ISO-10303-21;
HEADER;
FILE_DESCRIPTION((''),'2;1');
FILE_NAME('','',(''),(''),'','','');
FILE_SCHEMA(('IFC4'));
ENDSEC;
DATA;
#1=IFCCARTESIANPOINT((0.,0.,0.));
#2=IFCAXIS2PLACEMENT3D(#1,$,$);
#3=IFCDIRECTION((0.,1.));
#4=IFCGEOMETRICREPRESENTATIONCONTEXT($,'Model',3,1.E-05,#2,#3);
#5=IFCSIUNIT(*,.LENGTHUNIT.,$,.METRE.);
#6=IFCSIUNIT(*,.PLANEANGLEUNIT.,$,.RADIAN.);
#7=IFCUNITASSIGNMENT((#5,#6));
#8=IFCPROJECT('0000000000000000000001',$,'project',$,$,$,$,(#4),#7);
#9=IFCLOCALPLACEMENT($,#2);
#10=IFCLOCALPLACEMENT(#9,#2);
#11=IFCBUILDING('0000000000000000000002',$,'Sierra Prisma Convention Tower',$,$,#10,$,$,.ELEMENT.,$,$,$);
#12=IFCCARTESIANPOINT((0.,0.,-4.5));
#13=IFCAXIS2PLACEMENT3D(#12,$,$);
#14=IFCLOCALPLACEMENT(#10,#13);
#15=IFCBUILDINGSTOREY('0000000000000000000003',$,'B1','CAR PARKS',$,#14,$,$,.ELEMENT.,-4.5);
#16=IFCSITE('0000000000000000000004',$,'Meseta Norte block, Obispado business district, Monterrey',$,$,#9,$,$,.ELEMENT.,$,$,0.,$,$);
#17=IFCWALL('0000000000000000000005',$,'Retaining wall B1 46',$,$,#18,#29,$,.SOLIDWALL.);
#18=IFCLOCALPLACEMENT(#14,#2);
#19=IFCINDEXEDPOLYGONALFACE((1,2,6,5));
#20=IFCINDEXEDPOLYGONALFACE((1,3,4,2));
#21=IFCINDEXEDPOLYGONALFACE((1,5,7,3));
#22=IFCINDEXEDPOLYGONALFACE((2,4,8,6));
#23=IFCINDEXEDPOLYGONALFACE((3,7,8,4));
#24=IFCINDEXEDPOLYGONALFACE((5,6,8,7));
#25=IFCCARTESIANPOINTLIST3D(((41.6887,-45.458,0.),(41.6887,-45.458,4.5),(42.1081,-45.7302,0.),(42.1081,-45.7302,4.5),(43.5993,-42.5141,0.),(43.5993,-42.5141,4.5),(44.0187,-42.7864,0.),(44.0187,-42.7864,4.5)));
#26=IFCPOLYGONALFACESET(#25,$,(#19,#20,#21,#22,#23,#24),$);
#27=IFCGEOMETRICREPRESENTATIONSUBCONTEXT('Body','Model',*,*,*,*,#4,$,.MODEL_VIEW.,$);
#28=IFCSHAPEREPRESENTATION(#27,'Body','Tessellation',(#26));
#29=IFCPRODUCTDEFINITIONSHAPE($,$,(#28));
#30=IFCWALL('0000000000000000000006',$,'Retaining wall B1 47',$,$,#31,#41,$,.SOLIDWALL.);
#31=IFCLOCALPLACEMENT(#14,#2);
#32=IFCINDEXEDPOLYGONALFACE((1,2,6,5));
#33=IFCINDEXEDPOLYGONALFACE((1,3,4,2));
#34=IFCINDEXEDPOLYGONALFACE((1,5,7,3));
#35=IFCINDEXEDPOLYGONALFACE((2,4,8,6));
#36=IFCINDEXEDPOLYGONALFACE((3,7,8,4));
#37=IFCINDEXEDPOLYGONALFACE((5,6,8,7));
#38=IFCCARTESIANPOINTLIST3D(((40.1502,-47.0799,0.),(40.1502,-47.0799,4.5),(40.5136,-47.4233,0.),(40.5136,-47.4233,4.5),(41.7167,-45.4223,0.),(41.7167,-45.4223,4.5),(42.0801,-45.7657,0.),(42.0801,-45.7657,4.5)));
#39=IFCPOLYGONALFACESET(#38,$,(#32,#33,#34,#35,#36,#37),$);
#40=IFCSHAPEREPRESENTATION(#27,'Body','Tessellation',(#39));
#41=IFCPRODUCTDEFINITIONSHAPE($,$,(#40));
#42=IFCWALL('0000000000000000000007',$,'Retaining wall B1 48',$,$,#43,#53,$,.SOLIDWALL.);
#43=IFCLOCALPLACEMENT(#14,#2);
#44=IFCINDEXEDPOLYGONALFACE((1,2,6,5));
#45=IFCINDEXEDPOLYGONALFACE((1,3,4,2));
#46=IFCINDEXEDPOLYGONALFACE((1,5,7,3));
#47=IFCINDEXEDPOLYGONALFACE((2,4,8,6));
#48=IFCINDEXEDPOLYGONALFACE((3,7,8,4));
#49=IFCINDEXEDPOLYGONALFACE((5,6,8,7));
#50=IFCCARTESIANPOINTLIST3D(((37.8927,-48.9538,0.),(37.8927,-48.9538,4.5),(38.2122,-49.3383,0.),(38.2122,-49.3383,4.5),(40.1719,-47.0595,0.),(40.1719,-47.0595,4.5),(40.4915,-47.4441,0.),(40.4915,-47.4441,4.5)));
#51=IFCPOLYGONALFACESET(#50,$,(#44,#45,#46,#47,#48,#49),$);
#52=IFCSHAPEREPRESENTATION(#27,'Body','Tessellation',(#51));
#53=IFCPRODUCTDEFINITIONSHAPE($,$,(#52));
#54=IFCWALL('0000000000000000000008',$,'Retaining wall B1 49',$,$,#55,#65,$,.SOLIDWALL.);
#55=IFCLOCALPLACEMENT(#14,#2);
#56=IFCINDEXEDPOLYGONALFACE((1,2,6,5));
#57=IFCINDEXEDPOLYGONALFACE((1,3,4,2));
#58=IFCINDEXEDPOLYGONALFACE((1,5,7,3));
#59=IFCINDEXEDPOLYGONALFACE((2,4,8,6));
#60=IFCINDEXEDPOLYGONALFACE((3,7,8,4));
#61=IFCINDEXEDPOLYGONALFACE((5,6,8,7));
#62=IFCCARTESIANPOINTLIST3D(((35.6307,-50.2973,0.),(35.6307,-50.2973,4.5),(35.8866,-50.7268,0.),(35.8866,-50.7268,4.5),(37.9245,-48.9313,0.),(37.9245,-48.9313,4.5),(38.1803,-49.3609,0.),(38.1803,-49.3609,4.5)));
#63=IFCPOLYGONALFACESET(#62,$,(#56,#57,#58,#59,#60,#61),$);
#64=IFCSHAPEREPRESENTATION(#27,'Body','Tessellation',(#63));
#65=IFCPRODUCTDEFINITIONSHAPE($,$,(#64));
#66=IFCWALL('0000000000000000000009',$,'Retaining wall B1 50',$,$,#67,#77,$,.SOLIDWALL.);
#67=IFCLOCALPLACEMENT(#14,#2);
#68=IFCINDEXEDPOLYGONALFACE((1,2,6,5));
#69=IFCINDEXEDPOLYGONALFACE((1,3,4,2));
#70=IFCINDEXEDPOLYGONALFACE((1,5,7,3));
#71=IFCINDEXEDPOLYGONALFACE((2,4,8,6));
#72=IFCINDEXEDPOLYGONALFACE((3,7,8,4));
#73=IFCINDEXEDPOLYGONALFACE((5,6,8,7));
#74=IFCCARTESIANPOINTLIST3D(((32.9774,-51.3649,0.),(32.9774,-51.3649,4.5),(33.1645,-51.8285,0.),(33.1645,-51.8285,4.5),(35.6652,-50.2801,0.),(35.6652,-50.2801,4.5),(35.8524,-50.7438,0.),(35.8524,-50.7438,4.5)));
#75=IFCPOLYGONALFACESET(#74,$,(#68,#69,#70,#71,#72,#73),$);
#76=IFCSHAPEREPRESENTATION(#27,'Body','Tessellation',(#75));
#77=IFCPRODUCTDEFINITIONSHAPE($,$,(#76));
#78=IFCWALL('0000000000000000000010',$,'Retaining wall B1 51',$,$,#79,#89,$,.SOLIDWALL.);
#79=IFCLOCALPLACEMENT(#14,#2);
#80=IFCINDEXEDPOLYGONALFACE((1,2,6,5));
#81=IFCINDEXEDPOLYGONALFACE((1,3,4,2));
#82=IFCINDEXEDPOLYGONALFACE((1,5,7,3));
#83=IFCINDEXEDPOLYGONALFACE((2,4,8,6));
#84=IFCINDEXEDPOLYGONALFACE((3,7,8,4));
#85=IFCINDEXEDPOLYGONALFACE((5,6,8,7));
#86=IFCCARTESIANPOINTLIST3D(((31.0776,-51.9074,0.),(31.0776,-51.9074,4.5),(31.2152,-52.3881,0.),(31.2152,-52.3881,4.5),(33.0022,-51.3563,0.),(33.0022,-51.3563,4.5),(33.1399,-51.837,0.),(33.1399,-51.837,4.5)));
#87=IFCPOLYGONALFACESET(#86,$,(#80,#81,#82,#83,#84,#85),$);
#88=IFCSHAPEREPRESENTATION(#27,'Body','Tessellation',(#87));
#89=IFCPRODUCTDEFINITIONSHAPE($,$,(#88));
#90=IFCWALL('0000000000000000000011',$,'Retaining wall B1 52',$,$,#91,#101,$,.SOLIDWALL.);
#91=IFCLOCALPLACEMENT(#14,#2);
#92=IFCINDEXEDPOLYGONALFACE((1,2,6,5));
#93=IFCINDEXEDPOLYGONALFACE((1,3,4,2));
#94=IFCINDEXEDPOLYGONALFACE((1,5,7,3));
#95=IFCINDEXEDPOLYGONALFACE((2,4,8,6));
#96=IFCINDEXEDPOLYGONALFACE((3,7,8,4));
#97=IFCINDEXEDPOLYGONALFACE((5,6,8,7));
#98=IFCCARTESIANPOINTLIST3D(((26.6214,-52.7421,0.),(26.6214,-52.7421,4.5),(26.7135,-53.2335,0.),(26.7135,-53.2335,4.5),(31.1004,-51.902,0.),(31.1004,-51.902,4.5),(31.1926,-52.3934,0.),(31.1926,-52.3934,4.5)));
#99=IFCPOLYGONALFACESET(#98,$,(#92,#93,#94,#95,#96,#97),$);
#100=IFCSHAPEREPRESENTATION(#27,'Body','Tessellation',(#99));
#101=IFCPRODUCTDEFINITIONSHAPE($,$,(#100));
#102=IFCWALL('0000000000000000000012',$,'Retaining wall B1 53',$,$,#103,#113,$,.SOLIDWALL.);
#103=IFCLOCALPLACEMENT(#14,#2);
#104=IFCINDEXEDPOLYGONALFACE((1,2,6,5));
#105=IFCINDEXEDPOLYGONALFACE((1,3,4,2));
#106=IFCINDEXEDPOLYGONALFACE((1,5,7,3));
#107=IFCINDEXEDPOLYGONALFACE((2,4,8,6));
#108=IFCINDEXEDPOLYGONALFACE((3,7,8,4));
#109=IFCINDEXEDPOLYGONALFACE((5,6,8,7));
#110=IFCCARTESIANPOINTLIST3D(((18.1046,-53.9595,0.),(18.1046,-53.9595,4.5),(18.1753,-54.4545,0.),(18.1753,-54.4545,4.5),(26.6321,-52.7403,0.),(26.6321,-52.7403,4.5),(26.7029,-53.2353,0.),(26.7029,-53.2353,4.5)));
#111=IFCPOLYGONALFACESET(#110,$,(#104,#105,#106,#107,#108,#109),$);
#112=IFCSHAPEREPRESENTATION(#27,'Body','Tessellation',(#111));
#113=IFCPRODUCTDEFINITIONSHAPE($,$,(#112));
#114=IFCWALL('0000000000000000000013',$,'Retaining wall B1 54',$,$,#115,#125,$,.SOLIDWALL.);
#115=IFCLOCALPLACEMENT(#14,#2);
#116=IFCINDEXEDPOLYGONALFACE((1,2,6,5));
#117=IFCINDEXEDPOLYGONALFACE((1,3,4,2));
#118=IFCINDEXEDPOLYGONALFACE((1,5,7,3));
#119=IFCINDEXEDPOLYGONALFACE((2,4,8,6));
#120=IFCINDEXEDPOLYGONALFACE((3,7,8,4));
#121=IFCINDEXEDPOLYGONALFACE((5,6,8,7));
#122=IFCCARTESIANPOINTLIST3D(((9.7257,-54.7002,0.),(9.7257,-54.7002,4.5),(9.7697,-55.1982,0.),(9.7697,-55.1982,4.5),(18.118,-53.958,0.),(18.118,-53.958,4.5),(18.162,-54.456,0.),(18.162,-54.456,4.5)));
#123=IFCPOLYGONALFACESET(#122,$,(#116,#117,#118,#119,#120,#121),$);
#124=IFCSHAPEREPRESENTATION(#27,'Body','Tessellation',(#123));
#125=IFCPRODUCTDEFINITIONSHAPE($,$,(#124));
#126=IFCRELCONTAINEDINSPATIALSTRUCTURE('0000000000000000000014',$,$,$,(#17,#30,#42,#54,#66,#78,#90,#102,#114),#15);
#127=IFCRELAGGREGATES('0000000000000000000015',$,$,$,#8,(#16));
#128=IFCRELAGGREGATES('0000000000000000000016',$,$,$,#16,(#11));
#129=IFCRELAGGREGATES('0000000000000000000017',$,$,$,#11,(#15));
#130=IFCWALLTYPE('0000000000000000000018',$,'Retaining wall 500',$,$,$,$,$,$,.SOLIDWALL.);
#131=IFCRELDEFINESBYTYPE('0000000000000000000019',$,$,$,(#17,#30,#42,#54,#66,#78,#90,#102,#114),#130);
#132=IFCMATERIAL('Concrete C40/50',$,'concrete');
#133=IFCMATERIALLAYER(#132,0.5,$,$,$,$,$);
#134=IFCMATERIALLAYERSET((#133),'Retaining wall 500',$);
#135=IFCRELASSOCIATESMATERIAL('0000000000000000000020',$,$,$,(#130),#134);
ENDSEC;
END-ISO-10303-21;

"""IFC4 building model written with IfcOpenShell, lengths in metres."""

from ifc_helpers import new_model, si_unit, direction, frame, frame_2d, origin, place, context, subcontext, project, spatial, rectangle, extrude, material, layer, layer_set, type_object, element, save


model = new_model("IFC4")

# Units and contexts
model_context = context("Model", 3, precision=1e-05, world=origin(), true_north=direction((0.0, 1.0)))
body_context = subcontext(model_context, "Body", "Model", "MODEL_VIEW")
ifc_project = project(units=[si_unit("LENGTHUNIT", "METRE"), si_unit("PLANEANGLEUNIT", "RADIAN")], contexts=[model_context])

# Site, building, storey
site_placement = place(None, origin())
site = spatial("IfcSite", under=ifc_project, at=site_placement, Name="Meseta Norte block, Obispado business district, Monterrey", CompositionType="ELEMENT", RefElevation=0.0)
building_placement = place(site_placement, origin())
building = spatial("IfcBuilding", under=site, at=building_placement, Name="Sierra Prisma Convention Tower", CompositionType="ELEMENT")
storey_placement = place(building_placement, frame((0.0, 0.0, -4.5)))
storey = spatial("IfcBuildingStorey", under=building, at=storey_placement, Name="B1", Description="CAR PARKS", CompositionType="ELEMENT", Elevation=-4.5)

# Walls
ifc_material_1 = material(Name="Concrete C40/50", Category="concrete")
ifc_layer_1 = layer(ifc_material_1, 0.5)
ifc_layer_set_1 = layer_set([ifc_layer_1], Name="Retaining wall 500")
wall_type_1 = type_object("IfcWallType", Name="Retaining wall 500", PredefinedType="SOLIDWALL", material=ifc_layer_set_1)
wall_1_placement = place(storey_placement, frame((43.8091, -42.6501, 0.0), z_axis=(0.0, 0.0, 1.0), x_axis=(-0.544416, -0.838815, 0.0)))
element("IfcWall", 1, at=wall_1_placement, inside=storey, type_object=wall_type_1, Name="Retaining wall B1 46", PredefinedType="SOLIDWALL", context=body_context, shape_type="SweptSolid", body=[
    extrude(rectangle(XDim=3.5095, YDim=0.5, at=frame_2d((1.7549, 0.0))), origin(), (0.0, 0.0, 1.0), 4.5),
])
wall_2_placement = place(storey_placement, frame((41.8984, -45.594, 0.0), z_axis=(0.0, 0.0, 1.0), x_axis=(-0.686862, -0.726788, 0.0)))
element("IfcWall", 2, at=wall_2_placement, inside=storey, type_object=wall_type_1, Name="Retaining wall B1 47", PredefinedType="SOLIDWALL", context=body_context, shape_type="SweptSolid", body=[
    extrude(rectangle(XDim=2.2808, YDim=0.5, at=frame_2d((1.1404, 0.0))), origin(), (0.0, 0.0, 1.0), 4.5),
])
wall_3_placement = place(storey_placement, frame((40.3318, -47.2517, 0.0), z_axis=(0.0, 0.0, 1.0), x_axis=(-0.769071, -0.639163, 0.0)))
element("IfcWall", 3, at=wall_3_placement, inside=storey, type_object=wall_type_1, Name="Retaining wall B1 48", PredefinedType="SOLIDWALL", context=body_context, shape_type="SweptSolid", body=[
    extrude(rectangle(XDim=2.9636, YDim=0.5, at=frame_2d((1.4819, 0.0))), origin(), (0.0, 0.0, 1.0), 4.5),
])
wall_4_placement = place(storey_placement, frame((38.0525, -49.146, 0.0), z_axis=(0.0, 0.0, 1.0), x_axis=(-0.859183, -0.511669, 0.0)))
element("IfcWall", 4, at=wall_4_placement, inside=storey, type_object=wall_type_1, Name="Retaining wall B1 49", PredefinedType="SOLIDWALL", context=body_context, shape_type="SweptSolid", body=[
    extrude(rectangle(XDim=2.6697, YDim=0.5, at=frame_2d((1.335, 0.0))), origin(), (0.0, 0.0, 1.0), 4.5),
])
wall_5_placement = place(storey_placement, frame((35.7588, -50.512, 0.0), z_axis=(0.0, 0.0, 1.0), x_axis=(-0.927328, -0.37425, 0.0)))
element("IfcWall", 5, at=wall_5_placement, inside=storey, type_object=wall_type_1, Name="Retaining wall B1 50", PredefinedType="SOLIDWALL", context=body_context, shape_type="SweptSolid", body=[
    extrude(rectangle(XDim=2.8984, YDim=0.5, at=frame_2d((1.4492, 0.0))), origin(), (0.0, 0.0, 1.0), 4.5),
])
wall_6_placement = place(storey_placement, frame((33.071, -51.5967, 0.0), z_axis=(0.0, 0.0, 1.0), x_axis=(-0.961372, -0.275253, 0.0)))
element("IfcWall", 6, at=wall_6_placement, inside=storey, type_object=wall_type_1, Name="Retaining wall B1 51", PredefinedType="SOLIDWALL", context=body_context, shape_type="SweptSolid", body=[
    extrude(rectangle(XDim=2.002, YDim=0.5, at=frame_2d((1.001, 0.0))), origin(), (0.0, 0.0, 1.0), 4.5),
])
wall_7_placement = place(storey_placement, frame((31.1465, -52.1477, 0.0), z_axis=(0.0, 0.0, 1.0), x_axis=(-0.982861, -0.184347, 0.0)))
element("IfcWall", 7, at=wall_7_placement, inside=storey, type_object=wall_type_1, Name="Retaining wall B1 52", PredefinedType="SOLIDWALL", context=body_context, shape_type="SweptSolid", body=[
    extrude(rectangle(XDim=4.5571, YDim=0.5, at=frame_2d((2.2786, 0.0))), origin(), (0.0, 0.0, 1.0), 4.5),
])
wall_8_placement = place(storey_placement, frame((26.6675, -52.9878, 0.0), z_axis=(0.0, 0.0, 1.0), x_axis=(-0.989933, -0.141536, 0.0)))
element("IfcWall", 8, at=wall_8_placement, inside=storey, type_object=wall_type_1, Name="Retaining wall B1 53", PredefinedType="SOLIDWALL", context=body_context, shape_type="SweptSolid", body=[
    extrude(rectangle(XDim=8.6143, YDim=0.5, at=frame_2d((4.3071, 0.0))), origin(), (0.0, 0.0, 1.0), 4.5),
])
wall_9_placement = place(storey_placement, frame((18.1399, -54.207, 0.0), z_axis=(0.0, 0.0, 1.0), x_axis=(-0.996112, -0.088093, 0.0)))
element("IfcWall", 9, at=wall_9_placement, inside=storey, type_object=wall_type_1, Name="Retaining wall B1 54", PredefinedType="SOLIDWALL", context=body_context, shape_type="SweptSolid", body=[
    extrude(rectangle(XDim=8.425, YDim=0.5, at=frame_2d((4.2124, 0.0))), origin(), (0.0, 0.0, 1.0), 4.5),
])

save(model, "model.ifc")
